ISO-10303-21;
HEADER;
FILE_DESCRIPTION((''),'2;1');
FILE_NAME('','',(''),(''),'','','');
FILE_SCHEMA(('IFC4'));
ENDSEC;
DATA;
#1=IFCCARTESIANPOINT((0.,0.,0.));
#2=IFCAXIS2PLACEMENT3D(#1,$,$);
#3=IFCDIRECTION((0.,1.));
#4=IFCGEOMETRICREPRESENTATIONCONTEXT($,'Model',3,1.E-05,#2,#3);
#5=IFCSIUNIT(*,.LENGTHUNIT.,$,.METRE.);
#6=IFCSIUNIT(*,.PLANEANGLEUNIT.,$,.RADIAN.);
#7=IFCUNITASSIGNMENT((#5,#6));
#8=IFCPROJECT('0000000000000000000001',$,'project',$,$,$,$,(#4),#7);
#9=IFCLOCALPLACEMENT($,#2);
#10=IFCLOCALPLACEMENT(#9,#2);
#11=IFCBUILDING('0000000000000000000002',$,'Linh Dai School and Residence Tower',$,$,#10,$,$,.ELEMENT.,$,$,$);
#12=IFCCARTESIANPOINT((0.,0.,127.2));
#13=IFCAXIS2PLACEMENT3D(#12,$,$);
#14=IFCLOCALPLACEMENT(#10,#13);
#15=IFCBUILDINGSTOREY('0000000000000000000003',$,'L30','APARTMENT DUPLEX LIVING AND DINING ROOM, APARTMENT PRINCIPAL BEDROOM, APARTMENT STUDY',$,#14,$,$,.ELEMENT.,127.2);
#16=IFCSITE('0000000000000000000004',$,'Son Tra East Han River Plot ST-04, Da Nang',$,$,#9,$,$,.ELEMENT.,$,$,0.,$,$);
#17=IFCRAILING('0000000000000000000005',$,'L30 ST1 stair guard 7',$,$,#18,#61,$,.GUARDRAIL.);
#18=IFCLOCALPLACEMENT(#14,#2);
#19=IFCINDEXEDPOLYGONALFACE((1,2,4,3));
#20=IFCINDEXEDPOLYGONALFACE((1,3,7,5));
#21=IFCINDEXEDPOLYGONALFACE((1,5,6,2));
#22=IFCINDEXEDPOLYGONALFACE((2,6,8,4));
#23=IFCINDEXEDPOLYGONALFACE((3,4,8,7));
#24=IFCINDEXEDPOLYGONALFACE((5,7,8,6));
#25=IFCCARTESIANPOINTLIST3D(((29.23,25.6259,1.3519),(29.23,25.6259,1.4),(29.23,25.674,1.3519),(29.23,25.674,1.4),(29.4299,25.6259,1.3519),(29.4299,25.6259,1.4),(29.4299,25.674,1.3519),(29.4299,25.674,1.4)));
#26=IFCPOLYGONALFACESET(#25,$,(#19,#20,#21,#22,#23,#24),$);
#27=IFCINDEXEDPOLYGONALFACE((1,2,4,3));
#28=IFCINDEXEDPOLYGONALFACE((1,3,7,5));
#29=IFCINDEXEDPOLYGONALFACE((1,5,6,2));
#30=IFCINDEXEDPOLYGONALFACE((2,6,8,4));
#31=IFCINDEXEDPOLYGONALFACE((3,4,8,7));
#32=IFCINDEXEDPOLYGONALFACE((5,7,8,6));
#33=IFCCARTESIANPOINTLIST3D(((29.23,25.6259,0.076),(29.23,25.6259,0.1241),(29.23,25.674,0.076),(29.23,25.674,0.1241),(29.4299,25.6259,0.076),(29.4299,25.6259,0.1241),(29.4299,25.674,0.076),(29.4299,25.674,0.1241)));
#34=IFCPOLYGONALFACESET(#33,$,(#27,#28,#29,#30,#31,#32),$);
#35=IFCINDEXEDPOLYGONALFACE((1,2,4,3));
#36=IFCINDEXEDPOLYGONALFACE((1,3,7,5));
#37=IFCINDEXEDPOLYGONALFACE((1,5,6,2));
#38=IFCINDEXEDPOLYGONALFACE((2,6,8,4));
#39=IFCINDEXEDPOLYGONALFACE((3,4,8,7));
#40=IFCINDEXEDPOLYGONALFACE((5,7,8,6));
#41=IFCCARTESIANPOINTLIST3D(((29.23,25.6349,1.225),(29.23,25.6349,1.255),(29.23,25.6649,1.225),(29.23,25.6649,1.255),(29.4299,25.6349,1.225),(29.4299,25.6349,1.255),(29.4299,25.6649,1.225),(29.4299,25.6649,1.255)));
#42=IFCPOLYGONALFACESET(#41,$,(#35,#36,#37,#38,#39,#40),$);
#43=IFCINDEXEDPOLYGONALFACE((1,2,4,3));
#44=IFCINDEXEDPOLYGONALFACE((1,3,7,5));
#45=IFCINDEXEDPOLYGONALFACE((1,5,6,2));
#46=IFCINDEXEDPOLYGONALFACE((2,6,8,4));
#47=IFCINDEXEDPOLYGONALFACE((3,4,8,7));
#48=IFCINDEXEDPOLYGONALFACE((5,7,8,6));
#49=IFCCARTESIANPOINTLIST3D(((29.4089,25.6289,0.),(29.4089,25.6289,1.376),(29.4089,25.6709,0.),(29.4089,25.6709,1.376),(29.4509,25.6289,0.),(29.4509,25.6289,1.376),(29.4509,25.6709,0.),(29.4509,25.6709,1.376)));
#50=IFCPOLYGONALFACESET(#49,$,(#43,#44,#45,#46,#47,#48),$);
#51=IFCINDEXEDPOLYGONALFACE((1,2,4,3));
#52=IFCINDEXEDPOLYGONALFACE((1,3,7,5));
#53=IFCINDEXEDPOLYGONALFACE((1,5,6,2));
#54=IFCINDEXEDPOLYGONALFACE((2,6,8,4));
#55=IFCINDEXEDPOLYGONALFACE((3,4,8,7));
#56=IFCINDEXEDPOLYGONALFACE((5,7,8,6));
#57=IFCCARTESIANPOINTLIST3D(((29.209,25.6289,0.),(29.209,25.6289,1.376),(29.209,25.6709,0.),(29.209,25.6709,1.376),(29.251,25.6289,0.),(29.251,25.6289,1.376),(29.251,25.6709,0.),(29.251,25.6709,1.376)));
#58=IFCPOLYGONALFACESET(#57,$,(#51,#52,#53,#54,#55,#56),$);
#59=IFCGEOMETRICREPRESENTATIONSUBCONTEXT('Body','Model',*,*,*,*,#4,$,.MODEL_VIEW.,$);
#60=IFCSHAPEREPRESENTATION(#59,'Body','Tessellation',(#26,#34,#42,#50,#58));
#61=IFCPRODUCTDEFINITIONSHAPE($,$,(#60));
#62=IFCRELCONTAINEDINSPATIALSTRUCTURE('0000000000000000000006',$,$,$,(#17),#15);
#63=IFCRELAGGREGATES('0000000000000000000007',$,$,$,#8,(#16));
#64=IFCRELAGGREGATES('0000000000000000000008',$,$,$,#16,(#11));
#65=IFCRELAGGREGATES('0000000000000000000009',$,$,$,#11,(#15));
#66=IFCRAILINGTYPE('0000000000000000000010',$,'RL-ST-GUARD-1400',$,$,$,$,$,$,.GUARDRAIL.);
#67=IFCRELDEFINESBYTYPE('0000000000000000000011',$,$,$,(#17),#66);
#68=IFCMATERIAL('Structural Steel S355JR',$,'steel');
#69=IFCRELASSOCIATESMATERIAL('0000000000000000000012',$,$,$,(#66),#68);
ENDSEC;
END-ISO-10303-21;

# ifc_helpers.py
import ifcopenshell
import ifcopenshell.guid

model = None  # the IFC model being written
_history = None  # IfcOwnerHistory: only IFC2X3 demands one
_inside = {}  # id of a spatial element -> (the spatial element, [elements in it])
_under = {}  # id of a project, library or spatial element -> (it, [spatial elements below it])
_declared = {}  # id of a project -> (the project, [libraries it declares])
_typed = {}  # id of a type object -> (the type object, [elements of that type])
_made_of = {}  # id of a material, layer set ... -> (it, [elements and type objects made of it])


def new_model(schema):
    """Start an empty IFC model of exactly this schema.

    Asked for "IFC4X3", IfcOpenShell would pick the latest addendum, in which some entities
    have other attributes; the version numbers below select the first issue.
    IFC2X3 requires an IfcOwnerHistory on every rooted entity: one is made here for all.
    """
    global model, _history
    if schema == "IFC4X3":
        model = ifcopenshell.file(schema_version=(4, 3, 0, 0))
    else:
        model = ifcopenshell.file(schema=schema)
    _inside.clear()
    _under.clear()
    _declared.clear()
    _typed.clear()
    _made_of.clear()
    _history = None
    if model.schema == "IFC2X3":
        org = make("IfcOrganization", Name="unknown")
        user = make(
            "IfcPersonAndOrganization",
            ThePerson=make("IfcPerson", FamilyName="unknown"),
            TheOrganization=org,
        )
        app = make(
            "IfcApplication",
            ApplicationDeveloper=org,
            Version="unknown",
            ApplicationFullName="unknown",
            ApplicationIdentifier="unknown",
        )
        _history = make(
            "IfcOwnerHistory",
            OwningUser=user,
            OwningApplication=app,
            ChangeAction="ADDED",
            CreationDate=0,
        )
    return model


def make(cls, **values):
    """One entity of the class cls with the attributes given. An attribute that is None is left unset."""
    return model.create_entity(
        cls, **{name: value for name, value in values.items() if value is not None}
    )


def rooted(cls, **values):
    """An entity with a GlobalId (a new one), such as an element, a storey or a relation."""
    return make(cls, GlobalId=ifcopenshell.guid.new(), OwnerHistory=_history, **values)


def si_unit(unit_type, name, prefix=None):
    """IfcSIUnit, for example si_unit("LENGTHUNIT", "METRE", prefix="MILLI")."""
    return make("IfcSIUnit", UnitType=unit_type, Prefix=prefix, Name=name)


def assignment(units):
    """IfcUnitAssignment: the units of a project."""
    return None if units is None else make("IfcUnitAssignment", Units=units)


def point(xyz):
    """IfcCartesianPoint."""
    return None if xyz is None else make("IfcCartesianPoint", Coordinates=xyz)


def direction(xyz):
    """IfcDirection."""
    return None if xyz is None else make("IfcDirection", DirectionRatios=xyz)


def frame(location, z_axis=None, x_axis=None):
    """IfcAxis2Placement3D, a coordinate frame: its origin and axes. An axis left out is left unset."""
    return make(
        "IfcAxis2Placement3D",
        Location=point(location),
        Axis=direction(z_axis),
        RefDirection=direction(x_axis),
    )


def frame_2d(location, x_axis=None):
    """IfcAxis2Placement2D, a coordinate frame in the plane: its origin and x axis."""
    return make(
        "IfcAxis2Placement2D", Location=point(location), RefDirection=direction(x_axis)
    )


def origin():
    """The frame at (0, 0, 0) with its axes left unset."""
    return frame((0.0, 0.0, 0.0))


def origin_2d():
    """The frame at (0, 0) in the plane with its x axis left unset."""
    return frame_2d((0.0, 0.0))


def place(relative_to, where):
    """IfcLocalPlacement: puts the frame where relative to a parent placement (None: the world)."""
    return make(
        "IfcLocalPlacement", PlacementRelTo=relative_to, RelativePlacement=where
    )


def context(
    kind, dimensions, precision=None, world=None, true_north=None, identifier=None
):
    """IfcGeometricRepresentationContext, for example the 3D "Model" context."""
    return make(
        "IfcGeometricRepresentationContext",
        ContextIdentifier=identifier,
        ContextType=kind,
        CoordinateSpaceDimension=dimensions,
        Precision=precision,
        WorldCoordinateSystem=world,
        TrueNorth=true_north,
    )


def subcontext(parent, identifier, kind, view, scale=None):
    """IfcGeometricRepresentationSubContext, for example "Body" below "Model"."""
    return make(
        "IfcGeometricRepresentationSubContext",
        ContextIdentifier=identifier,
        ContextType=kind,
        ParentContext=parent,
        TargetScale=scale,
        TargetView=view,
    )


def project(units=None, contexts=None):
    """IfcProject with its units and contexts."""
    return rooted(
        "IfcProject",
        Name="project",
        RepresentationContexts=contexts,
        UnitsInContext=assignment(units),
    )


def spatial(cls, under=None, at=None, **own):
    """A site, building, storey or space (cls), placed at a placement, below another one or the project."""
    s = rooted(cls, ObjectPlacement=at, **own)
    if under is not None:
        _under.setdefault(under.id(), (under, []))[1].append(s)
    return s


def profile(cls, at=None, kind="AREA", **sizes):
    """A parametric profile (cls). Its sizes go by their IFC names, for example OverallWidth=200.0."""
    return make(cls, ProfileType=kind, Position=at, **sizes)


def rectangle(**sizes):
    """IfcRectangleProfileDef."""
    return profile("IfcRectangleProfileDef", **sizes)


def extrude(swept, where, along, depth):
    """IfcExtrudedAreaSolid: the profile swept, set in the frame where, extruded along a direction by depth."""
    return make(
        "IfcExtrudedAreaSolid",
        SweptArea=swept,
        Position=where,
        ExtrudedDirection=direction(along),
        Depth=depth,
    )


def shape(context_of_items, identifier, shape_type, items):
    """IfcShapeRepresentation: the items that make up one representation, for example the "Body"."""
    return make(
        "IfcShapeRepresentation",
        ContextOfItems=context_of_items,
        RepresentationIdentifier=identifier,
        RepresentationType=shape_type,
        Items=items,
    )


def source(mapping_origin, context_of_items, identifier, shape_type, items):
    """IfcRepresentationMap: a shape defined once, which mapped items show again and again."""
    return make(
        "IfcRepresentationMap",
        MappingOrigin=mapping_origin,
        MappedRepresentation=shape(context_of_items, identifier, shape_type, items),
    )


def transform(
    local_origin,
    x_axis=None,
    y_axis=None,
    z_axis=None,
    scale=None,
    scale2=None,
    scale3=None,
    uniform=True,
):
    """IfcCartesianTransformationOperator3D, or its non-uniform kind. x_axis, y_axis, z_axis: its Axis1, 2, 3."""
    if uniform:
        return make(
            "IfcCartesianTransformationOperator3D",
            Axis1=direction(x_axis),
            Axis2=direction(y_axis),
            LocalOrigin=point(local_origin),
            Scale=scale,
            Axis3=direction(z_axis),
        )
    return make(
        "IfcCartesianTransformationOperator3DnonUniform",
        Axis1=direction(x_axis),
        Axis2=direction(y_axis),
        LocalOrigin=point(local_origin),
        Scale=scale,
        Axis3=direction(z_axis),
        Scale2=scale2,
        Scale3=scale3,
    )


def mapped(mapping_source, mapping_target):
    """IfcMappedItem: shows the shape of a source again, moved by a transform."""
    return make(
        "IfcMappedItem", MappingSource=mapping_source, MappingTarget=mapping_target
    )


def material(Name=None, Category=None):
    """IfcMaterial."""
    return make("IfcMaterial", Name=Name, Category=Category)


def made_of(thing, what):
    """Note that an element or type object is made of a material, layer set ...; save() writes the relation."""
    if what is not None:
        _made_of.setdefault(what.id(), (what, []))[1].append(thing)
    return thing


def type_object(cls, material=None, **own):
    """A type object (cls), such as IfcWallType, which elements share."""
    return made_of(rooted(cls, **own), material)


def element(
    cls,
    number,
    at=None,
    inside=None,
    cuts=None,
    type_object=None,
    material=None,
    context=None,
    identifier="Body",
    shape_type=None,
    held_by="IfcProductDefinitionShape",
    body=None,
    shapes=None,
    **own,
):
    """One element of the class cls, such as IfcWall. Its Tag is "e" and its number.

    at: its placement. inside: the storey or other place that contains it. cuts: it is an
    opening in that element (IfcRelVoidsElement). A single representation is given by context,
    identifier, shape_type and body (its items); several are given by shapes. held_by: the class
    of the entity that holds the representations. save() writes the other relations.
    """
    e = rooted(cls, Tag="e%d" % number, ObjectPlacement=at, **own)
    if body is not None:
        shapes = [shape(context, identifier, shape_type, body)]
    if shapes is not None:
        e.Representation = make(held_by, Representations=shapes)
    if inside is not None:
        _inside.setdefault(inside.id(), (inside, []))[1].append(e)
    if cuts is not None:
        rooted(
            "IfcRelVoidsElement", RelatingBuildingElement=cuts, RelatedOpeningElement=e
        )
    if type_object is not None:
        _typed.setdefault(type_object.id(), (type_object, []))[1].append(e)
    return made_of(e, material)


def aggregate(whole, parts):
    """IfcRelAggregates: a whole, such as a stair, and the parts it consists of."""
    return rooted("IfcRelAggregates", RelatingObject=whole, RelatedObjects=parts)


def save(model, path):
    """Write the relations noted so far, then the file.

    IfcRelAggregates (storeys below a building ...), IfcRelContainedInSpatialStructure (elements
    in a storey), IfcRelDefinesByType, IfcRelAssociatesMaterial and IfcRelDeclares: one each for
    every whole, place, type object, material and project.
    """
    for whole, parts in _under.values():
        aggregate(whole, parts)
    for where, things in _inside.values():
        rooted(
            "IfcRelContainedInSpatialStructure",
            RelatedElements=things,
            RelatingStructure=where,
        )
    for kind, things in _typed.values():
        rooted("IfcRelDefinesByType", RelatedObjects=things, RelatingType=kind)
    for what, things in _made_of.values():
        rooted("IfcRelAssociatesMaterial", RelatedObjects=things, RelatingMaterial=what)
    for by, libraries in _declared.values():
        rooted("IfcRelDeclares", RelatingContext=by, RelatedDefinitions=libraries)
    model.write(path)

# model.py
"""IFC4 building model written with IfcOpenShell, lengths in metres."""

from ifc_helpers import new_model, si_unit, direction, frame, origin, origin_2d, place, context, subcontext, project, spatial, rectangle, extrude, source, transform, mapped, material, type_object, element, save


model = new_model("IFC4")

# Units and contexts
model_context = context("Model", 3, precision=1e-05, world=origin(), true_north=direction((0.0, 1.0)))
body_context = subcontext(model_context, "Body", "Model", "MODEL_VIEW")
ifc_project = project(units=[si_unit("LENGTHUNIT", "METRE"), si_unit("PLANEANGLEUNIT", "RADIAN")], contexts=[model_context])

# Site, building, storey
site_placement = place(None, origin())
site = spatial("IfcSite", under=ifc_project, at=site_placement, Name="Son Tra East Han River Plot ST-04, Da Nang", CompositionType="ELEMENT", RefElevation=0.0)
building_placement = place(site_placement, origin())
building = spatial("IfcBuilding", under=site, at=building_placement, Name="Linh Dai School and Residence Tower", CompositionType="ELEMENT")
storey_placement = place(building_placement, frame((0.0, 0.0, 127.2)))
storey = spatial("IfcBuildingStorey", under=building, at=storey_placement, Name="L30", Description="APARTMENT DUPLEX LIVING AND DINING ROOM, APARTMENT PRINCIPAL BEDROOM, APARTMENT STUDY", CompositionType="ELEMENT", Elevation=127.2)

# Shared definitions
ifc_material_1 = material(Name="Structural Steel S355JR", Category="steel")

# Railing
railing_type_1 = type_object("IfcRailingType", Name="RL-ST-GUARD-1400", PredefinedType="GUARDRAIL", material=ifc_material_1)
shared_shape_1 = source(origin(), body_context, "Body", "SweptSolid", [
    extrude(rectangle(XDim=0.0481, YDim=0.0481, at=origin_2d()), frame((0.0, 0.0, 1.376), z_axis=(-1.0, 0.0, 0.0), x_axis=(0.0, -1.0, 0.0)), (0.0, 0.0, 1.0), 0.2),
    extrude(rectangle(XDim=0.0481, YDim=0.0481, at=origin_2d()), frame((0.0, 0.0, 0.1001), z_axis=(-1.0, 0.0, 0.0), x_axis=(0.0, -1.0, 0.0)), (0.0, 0.0, 1.0), 0.2),
    extrude(rectangle(XDim=0.03, YDim=0.03, at=origin_2d()), frame((0.0, 0.0, 1.24), z_axis=(-1.0, 0.0, 0.0), x_axis=(0.0, -1.0, 0.0)), (0.0, 0.0, 1.0), 0.2),
    extrude(rectangle(XDim=0.042, YDim=0.042, at=origin_2d()), origin(), (0.0, 0.0, 1.0), 1.376),
    extrude(rectangle(XDim=0.042, YDim=0.042, at=origin_2d()), frame((-0.2, 0.0, 0.0)), (0.0, 0.0, 1.0), 1.376),
])
railing_1_placement = place(storey_placement, frame((29.4299, 25.6499, 0.0)))
element("IfcRailing", 1, at=railing_1_placement, inside=storey, type_object=railing_type_1, Name="L30 ST1 stair guard 7", PredefinedType="GUARDRAIL", context=body_context, shape_type="MappedRepresentation", body=[
    mapped(shared_shape_1, transform((0.0, 0.0, 0.0), x_axis=(1.0, 0.0, 0.0), y_axis=(0.0, 1.0, 0.0), z_axis=(0.0, 0.0, 1.0), scale=1.0)),
])

save(model, "model.ifc")
